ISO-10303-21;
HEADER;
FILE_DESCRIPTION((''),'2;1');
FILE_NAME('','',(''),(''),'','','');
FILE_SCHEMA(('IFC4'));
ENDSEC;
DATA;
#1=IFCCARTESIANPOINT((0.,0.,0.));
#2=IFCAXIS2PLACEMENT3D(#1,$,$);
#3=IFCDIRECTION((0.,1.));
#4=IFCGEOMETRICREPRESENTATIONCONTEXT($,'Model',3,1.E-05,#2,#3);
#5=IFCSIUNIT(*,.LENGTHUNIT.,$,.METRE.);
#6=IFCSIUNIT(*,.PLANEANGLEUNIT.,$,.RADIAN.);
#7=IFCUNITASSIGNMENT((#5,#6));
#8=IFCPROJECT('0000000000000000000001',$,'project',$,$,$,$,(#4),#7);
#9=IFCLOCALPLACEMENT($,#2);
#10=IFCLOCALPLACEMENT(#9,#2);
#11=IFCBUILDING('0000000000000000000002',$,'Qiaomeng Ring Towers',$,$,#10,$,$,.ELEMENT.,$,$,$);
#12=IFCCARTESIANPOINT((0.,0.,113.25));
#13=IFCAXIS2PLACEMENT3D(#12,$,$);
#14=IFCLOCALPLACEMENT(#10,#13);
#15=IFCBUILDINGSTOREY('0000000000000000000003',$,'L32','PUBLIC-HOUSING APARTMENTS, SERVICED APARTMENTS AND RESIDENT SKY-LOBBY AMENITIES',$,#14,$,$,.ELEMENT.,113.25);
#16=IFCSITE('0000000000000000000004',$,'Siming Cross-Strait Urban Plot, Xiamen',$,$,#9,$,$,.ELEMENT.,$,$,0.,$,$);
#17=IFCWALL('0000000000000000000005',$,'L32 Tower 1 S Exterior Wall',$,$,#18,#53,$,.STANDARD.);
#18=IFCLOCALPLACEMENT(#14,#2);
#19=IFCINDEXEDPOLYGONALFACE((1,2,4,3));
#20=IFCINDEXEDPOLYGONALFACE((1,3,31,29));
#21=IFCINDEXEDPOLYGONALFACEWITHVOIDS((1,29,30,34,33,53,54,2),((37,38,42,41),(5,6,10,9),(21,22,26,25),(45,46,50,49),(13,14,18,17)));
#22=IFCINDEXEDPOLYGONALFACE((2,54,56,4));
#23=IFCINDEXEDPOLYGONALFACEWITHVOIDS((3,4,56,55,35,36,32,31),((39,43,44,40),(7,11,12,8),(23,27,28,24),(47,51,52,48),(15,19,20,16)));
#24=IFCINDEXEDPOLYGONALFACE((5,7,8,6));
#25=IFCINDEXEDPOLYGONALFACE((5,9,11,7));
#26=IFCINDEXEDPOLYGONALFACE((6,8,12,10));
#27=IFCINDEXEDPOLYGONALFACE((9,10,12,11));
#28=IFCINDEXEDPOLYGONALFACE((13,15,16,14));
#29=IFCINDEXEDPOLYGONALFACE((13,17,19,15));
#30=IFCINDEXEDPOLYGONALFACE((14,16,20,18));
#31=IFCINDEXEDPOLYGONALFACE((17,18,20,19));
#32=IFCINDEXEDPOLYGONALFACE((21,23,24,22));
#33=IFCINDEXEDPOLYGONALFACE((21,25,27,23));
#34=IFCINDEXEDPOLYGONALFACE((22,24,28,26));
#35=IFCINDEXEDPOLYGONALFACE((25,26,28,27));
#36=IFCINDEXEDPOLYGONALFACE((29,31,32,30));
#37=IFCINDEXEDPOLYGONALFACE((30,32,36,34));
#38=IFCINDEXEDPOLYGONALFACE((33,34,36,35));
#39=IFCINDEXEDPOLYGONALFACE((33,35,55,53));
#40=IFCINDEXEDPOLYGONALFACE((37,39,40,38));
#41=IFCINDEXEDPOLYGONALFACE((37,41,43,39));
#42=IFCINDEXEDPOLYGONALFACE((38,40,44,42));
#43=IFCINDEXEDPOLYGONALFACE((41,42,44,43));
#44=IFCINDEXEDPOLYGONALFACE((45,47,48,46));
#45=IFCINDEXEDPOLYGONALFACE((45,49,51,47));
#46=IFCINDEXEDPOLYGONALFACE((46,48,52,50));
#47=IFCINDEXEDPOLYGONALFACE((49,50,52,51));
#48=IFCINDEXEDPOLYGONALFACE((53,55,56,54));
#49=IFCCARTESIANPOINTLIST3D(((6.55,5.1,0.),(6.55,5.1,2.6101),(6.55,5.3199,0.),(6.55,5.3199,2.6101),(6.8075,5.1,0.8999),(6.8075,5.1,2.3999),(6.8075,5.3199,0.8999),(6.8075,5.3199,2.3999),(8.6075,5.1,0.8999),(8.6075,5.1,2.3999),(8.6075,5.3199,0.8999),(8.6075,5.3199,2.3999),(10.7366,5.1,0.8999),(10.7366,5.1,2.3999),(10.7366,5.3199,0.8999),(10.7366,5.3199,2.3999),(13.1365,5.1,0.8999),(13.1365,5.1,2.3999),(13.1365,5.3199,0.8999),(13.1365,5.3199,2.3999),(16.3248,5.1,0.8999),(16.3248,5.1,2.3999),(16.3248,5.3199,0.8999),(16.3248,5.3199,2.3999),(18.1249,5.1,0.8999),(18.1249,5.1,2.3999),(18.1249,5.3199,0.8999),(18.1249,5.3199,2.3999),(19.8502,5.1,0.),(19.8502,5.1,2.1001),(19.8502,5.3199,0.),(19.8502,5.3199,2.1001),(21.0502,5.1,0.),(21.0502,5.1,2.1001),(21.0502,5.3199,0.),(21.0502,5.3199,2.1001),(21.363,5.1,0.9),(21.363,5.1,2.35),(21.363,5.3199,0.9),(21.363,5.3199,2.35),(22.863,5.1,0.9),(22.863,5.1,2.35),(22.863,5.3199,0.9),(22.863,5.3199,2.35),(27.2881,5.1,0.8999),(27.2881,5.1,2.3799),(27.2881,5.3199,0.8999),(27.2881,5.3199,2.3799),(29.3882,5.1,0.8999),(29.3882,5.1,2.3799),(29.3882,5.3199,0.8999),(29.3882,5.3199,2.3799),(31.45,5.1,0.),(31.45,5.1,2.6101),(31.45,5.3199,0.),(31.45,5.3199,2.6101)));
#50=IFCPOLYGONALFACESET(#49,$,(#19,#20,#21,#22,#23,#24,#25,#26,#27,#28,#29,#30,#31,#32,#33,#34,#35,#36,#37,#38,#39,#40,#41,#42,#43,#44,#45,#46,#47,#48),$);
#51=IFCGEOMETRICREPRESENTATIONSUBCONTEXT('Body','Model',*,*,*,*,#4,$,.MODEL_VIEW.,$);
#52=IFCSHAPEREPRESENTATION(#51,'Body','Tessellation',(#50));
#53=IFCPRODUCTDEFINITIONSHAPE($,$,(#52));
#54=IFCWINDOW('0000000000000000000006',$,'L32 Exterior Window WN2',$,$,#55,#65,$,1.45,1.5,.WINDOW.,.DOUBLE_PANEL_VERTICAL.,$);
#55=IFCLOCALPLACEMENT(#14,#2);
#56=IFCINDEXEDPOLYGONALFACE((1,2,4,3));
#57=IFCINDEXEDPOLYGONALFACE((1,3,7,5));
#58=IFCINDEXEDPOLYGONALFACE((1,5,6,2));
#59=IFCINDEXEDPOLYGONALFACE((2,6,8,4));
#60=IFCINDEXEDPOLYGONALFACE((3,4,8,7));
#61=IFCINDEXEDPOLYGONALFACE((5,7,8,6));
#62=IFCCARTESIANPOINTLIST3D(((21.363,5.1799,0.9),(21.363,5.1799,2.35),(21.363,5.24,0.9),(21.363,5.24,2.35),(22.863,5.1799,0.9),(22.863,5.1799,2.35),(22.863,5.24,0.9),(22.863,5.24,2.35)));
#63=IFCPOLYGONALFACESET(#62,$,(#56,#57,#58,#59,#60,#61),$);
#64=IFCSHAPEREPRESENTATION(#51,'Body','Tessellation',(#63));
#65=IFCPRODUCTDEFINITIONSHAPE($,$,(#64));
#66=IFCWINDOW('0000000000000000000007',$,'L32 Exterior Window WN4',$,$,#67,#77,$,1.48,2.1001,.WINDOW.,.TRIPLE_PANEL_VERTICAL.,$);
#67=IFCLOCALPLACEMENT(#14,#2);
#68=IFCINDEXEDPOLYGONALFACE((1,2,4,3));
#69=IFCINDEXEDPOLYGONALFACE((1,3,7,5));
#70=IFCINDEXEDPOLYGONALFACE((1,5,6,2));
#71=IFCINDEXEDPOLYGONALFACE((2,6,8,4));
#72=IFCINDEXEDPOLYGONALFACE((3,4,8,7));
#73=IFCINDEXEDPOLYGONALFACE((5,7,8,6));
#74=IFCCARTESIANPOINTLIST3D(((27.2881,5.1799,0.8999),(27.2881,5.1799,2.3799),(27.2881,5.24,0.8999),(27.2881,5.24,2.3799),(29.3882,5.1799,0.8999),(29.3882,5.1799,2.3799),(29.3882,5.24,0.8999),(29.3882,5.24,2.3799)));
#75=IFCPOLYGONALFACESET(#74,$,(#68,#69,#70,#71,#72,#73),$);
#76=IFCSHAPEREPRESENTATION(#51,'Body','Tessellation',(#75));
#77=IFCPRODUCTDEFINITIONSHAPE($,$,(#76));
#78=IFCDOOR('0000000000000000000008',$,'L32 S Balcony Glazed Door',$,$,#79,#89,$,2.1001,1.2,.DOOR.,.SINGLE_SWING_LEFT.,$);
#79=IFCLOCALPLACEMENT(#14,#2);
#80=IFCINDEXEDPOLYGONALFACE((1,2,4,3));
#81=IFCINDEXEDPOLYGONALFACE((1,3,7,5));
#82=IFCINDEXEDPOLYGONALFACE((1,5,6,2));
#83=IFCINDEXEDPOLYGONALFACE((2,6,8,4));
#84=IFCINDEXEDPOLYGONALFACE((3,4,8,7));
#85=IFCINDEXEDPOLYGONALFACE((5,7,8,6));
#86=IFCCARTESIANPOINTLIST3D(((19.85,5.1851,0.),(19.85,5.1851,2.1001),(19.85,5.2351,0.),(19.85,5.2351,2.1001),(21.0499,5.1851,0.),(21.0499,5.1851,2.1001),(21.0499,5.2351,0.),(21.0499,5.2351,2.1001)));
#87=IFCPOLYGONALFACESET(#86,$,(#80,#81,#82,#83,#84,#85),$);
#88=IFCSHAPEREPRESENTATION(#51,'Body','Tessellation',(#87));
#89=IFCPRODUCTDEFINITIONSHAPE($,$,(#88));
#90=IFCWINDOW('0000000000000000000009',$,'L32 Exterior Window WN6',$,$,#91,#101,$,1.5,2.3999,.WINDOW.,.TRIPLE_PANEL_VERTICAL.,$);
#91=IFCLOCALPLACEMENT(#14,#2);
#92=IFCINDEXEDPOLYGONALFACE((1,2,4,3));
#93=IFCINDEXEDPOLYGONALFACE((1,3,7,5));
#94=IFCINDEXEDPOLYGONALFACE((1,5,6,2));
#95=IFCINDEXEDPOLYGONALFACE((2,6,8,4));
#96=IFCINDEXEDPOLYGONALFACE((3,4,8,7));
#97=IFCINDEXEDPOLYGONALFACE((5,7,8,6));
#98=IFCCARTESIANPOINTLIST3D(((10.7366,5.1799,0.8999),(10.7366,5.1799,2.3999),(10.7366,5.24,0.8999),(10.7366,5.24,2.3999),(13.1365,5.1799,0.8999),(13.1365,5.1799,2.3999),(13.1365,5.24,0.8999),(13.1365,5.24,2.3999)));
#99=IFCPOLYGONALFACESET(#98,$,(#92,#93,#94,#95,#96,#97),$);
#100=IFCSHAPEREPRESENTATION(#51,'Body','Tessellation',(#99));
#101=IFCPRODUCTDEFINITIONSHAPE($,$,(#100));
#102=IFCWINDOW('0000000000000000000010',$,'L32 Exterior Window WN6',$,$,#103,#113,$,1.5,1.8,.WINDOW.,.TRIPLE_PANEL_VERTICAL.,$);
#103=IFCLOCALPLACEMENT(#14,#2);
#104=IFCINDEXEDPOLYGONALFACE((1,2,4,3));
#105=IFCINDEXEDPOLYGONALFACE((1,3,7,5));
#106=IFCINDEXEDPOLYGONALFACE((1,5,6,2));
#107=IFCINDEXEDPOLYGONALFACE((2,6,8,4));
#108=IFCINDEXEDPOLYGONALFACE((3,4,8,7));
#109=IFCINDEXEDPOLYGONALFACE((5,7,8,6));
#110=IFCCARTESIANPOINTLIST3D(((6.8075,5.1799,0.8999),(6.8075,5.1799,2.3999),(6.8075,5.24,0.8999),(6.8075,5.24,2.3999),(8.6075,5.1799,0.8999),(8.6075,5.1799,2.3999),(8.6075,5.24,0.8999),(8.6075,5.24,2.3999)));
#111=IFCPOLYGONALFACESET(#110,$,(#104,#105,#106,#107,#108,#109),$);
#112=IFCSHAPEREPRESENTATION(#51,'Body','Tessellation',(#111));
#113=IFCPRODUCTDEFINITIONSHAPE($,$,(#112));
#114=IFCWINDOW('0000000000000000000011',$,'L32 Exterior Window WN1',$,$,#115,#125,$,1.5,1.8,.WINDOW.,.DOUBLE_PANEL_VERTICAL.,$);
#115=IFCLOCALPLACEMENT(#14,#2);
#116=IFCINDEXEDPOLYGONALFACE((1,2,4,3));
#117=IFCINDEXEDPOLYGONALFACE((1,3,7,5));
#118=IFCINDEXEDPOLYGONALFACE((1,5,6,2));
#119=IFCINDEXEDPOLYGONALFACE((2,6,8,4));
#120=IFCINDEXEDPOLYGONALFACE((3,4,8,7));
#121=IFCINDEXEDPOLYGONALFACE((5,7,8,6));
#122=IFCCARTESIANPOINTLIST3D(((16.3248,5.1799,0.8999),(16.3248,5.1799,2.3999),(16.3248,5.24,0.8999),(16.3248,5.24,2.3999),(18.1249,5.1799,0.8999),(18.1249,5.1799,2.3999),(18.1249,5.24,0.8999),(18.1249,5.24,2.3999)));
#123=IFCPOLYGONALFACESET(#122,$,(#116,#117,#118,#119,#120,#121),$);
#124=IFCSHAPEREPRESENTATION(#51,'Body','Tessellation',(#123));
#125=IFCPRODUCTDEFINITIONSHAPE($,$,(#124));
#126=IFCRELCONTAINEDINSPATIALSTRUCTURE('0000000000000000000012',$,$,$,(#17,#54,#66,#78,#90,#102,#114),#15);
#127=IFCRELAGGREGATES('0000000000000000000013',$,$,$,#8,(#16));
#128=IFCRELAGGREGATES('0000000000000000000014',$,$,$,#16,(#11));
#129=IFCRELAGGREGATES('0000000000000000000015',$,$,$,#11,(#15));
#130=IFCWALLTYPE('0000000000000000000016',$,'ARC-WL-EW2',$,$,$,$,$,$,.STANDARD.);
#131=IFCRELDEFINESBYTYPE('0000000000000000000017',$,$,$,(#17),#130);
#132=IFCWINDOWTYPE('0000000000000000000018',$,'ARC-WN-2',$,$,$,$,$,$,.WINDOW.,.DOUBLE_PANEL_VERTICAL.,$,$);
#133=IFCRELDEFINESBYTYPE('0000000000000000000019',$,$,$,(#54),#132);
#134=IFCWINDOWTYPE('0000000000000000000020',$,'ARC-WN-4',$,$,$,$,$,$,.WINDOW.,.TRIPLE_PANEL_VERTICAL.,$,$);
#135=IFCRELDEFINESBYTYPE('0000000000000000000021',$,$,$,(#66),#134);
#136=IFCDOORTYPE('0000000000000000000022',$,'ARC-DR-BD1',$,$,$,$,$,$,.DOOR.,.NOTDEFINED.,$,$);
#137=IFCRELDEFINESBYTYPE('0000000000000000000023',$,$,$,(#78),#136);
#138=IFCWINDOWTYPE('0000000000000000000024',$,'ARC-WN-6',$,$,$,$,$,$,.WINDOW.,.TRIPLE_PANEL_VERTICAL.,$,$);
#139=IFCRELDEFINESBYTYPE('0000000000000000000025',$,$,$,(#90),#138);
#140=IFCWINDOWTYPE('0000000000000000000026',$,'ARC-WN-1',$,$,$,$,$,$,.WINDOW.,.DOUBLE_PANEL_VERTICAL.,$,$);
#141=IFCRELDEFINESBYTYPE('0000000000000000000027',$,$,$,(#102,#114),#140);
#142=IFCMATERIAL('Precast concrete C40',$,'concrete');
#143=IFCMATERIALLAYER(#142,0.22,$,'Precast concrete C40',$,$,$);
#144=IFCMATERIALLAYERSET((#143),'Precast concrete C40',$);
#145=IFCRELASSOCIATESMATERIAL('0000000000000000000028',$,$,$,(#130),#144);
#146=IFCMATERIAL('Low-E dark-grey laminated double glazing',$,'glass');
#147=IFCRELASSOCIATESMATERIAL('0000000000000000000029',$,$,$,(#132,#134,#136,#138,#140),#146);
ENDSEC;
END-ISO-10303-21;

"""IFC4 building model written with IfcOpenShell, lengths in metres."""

from ifc_helpers import new_model, si_unit, direction, frame, frame_2d, origin, place, context, subcontext, project, spatial, rectangle, extrude, source, transform, mapped, material, layer, layer_set, type_object, element, fill, save


model = new_model("IFC4")

# Units and contexts
model_context = context("Model", 3, precision=1e-05, world=origin(), true_north=direction((0.0, 1.0)))
body_context = subcontext(model_context, "Body", "Model", "MODEL_VIEW")
ifc_project = project(units=[si_unit("LENGTHUNIT", "METRE"), si_unit("PLANEANGLEUNIT", "RADIAN")], contexts=[model_context])

# Site, building, storey
site_placement = place(None, origin())
site = spatial("IfcSite", under=ifc_project, at=site_placement, Name="Siming Cross-Strait Urban Plot, Xiamen", CompositionType="ELEMENT", RefElevation=0.0)
building_placement = place(site_placement, origin())
building = spatial("IfcBuilding", under=site, at=building_placement, Name="Qiaomeng Ring Towers", CompositionType="ELEMENT")
storey_placement = place(building_placement, frame((0.0, 0.0, 113.25)))
storey = spatial("IfcBuildingStorey", under=building, at=storey_placement, Name="L32", Description="PUBLIC-HOUSING APARTMENTS, SERVICED APARTMENTS AND RESIDENT SKY-LOBBY AMENITIES", CompositionType="ELEMENT", Elevation=113.25)

# Wall, openings, windows, door
ifc_material_1 = material(Name="Precast concrete C40", Category="concrete")
ifc_layer_1 = layer(ifc_material_1, 0.22, Name="Precast concrete C40")
ifc_layer_set_1 = layer_set([ifc_layer_1], Name="Precast concrete C40")
wall_type_1 = type_object("IfcWallType", Name="ARC-WL-EW2", PredefinedType="STANDARD", material=ifc_layer_set_1)
wall_1_placement = place(storey_placement, frame((6.55, 5.21, 0.0), z_axis=(0.0, 0.0, 1.0), x_axis=(1.0, 0.0, 0.0)))
wall_1 = element("IfcWall", 1, at=wall_1_placement, inside=storey, type_object=wall_type_1, Name="L32 Tower 1 S Exterior Wall", PredefinedType="STANDARD", context=body_context, shape_type="SweptSolid", body=[
    extrude(rectangle(XDim=24.8999, YDim=0.22, at=frame_2d((12.45, 0.0))), origin(), (0.0, 0.0, 1.0), 2.6101),
])
opening_1_placement = place(wall_1_placement, frame((13.3, 0.0, 0.0)))
opening_1 = element("IfcOpeningElement", 2, at=opening_1_placement, cuts=wall_1, PredefinedType="OPENING", context=body_context, shape_type="SweptSolid", body=[
    extrude(rectangle(XDim=1.2, YDim=2.1001, at=frame_2d((0.6001, 1.05))), frame((0.0, 0.1199, 0.0), z_axis=(0.0, -1.0, 0.0), x_axis=(1.0, 0.0, 0.0)), (0.0, 0.0, 1.0), 0.24),
])
opening_2_placement = place(wall_1_placement, frame((0.2576, 0.0, 0.8999)))
opening_2 = element("IfcOpeningElement", 3, at=opening_2_placement, cuts=wall_1, PredefinedType="OPENING", context=body_context, shape_type="SweptSolid", body=[
    extrude(rectangle(XDim=1.8, YDim=1.5, at=frame_2d((0.8999, 0.75))), frame((0.0, 0.1199, 0.0), z_axis=(0.0, -1.0, 0.0), x_axis=(1.0, 0.0, 0.0)), (0.0, 0.0, 1.0), 0.24),
])
opening_3_placement = place(wall_1_placement, frame((9.7749, 0.0, 0.8999)))
opening_3 = element("IfcOpeningElement", 4, at=opening_3_placement, cuts=wall_1, PredefinedType="OPENING", context=body_context, shape_type="SweptSolid", body=[
    extrude(rectangle(XDim=1.8, YDim=1.5, at=frame_2d((0.8999, 0.75))), frame((0.0, 0.1199, 0.0), z_axis=(0.0, -1.0, 0.0), x_axis=(1.0, 0.0, 0.0)), (0.0, 0.0, 1.0), 0.24),
])
opening_4_placement = place(wall_1_placement, frame((14.813, 0.0, 0.8999)))
opening_4 = element("IfcOpeningElement", 5, at=opening_4_placement, cuts=wall_1, PredefinedType="OPENING", context=body_context, shape_type="SweptSolid", body=[
    extrude(rectangle(XDim=1.5, YDim=1.45, at=frame_2d((0.75, 0.7251))), frame((0.0, 0.1199, 0.0), z_axis=(0.0, -1.0, 0.0), x_axis=(1.0, 0.0, 0.0)), (0.0, 0.0, 1.0), 0.24),
])
opening_5_placement = place(wall_1_placement, frame((20.738, 0.0, 0.8999)))
opening_5 = element("IfcOpeningElement", 6, at=opening_5_placement, cuts=wall_1, PredefinedType="OPENING", context=body_context, shape_type="SweptSolid", body=[
    extrude(rectangle(XDim=2.1001, YDim=1.48, at=frame_2d((1.05, 0.74))), frame((0.0, 0.1199, 0.0), z_axis=(0.0, -1.0, 0.0), x_axis=(1.0, 0.0, 0.0)), (0.0, 0.0, 1.0), 0.24),
])
opening_6_placement = place(wall_1_placement, frame((4.1865, 0.0, 0.8999)))
opening_6 = element("IfcOpeningElement", 7, at=opening_6_placement, cuts=wall_1, PredefinedType="OPENING", context=body_context, shape_type="SweptSolid", body=[
    extrude(rectangle(XDim=2.3999, YDim=1.5, at=frame_2d((1.2, 0.75))), frame((0.0, 0.1199, 0.0), z_axis=(0.0, -1.0, 0.0), x_axis=(1.0, 0.0, 0.0)), (0.0, 0.0, 1.0), 0.24),
])
ifc_material_2 = material(Name="Low-E dark-grey laminated double glazing", Category="glass")
window_type_1 = type_object("IfcWindowType", Name="ARC-WN-2", PartitioningType="DOUBLE_PANEL_VERTICAL", PredefinedType="WINDOW", material=ifc_material_2)
shared_shape_1 = source(origin(), body_context, "Body", "SweptSolid", [
    extrude(rectangle(XDim=1.5, YDim=1.45, at=frame_2d((0.75, 0.7251))), frame((0.0, 0.03, 0.0), z_axis=(0.0, -1.0, 0.0), x_axis=(1.0, 0.0, 0.0)), (0.0, 0.0, 1.0), 0.0601),
])
window_1_placement = place(opening_4_placement, origin())
window_1 = element("IfcWindow", 8, at=window_1_placement, inside=storey, type_object=window_type_1, Name="L32 Exterior Window WN2", OverallHeight=1.45, OverallWidth=1.5, PartitioningType="DOUBLE_PANEL_VERTICAL", PredefinedType="WINDOW", context=body_context, shape_type="MappedRepresentation", body=[
    mapped(shared_shape_1, transform((0.0, 0.0, 0.0), x_axis=(1.0, 0.0, 0.0), y_axis=(0.0, 1.0, 0.0), z_axis=(0.0, 0.0, 1.0), scale=1.0)),
])
fill(opening_4, window_1)
window_type_2 = type_object("IfcWindowType", Name="ARC-WN-4", PartitioningType="TRIPLE_PANEL_VERTICAL", PredefinedType="WINDOW", material=ifc_material_2)
shared_shape_2 = source(origin(), body_context, "Body", "SweptSolid", [
    extrude(rectangle(XDim=2.1001, YDim=1.48, at=frame_2d((1.05, 0.74))), frame((0.0, 0.03, 0.0), z_axis=(0.0, -1.0, 0.0), x_axis=(1.0, 0.0, 0.0)), (0.0, 0.0, 1.0), 0.0601),
])
window_2_placement = place(opening_5_placement, origin())
window_2 = element("IfcWindow", 9, at=window_2_placement, inside=storey, type_object=window_type_2, Name="L32 Exterior Window WN4", OverallHeight=1.48, OverallWidth=2.1001, PartitioningType="TRIPLE_PANEL_VERTICAL", PredefinedType="WINDOW", context=body_context, shape_type="MappedRepresentation", body=[
    mapped(shared_shape_2, transform((0.0, 0.0, 0.0), x_axis=(1.0, 0.0, 0.0), y_axis=(0.0, 1.0, 0.0), z_axis=(0.0, 0.0, 1.0), scale=1.0)),
])
fill(opening_5, window_2)
door_type_1 = type_object("IfcDoorType", Name="ARC-DR-BD1", OperationType="NOTDEFINED", PredefinedType="DOOR", material=ifc_material_2)
shared_shape_3 = source(origin(), body_context, "Body", "SweptSolid", [
    extrude(rectangle(XDim=1.2, YDim=2.1001, at=frame_2d((0.6001, 1.05))), frame((0.0, 0.0249, 0.0), z_axis=(0.0, -1.0, 0.0), x_axis=(1.0, 0.0, 0.0)), (0.0, 0.0, 1.0), 0.05),
])
door_1_placement = place(opening_1_placement, frame((1.2, 0.0, 0.0), z_axis=(0.0, 0.0, 1.0), x_axis=(-1.0, 0.0, 0.0)))
door_1 = element("IfcDoor", 10, at=door_1_placement, inside=storey, type_object=door_type_1, Name="L32 S Balcony Glazed Door", OperationType="SINGLE_SWING_LEFT", OverallHeight=2.1001, OverallWidth=1.2, PredefinedType="DOOR", context=body_context, shape_type="MappedRepresentation", body=[
    mapped(shared_shape_3, transform((0.0, 0.0, 0.0), x_axis=(1.0, 0.0, 0.0), y_axis=(0.0, 1.0, 0.0), z_axis=(0.0, 0.0, 1.0), scale=1.0)),
])
fill(opening_1, door_1)
window_type_3 = type_object("IfcWindowType", Name="ARC-WN-6", PartitioningType="TRIPLE_PANEL_VERTICAL", PredefinedType="WINDOW", material=ifc_material_2)
shared_shape_4 = source(origin(), body_context, "Body", "SweptSolid", [
    extrude(rectangle(XDim=2.3999, YDim=1.5, at=frame_2d((1.2, 0.75))), frame((0.0, 0.03, 0.0), z_axis=(0.0, -1.0, 0.0), x_axis=(1.0, 0.0, 0.0)), (0.0, 0.0, 1.0), 0.0601),
])
window_3_placement = place(opening_6_placement, origin())
window_3 = element("IfcWindow", 11, at=window_3_placement, inside=storey, type_object=window_type_3, Name="L32 Exterior Window WN6", OverallHeight=1.5, OverallWidth=2.3999, PartitioningType="TRIPLE_PANEL_VERTICAL", PredefinedType="WINDOW", context=body_context, shape_type="MappedRepresentation", body=[
    mapped(shared_shape_4, transform((0.0, 0.0, 0.0), x_axis=(1.0, 0.0, 0.0), y_axis=(0.0, 1.0, 0.0), z_axis=(0.0, 0.0, 1.0), scale=1.0)),
])
fill(opening_6, window_3)
window_type_4 = type_object("IfcWindowType", Name="ARC-WN-1", PartitioningType="DOUBLE_PANEL_VERTICAL", PredefinedType="WINDOW", material=ifc_material_2)
shared_shape_5 = source(origin(), body_context, "Body", "SweptSolid", [
    extrude(rectangle(XDim=1.8, YDim=1.5, at=frame_2d((0.8999, 0.75))), frame((0.0, 0.03, 0.0), z_axis=(0.0, -1.0, 0.0), x_axis=(1.0, 0.0, 0.0)), (0.0, 0.0, 1.0), 0.0601),
])
window_4_placement = place(opening_2_placement, origin())
window_4 = element("IfcWindow", 12, at=window_4_placement, inside=storey, type_object=window_type_4, Name="L32 Exterior Window WN6", OverallHeight=1.5, OverallWidth=1.8, PartitioningType="TRIPLE_PANEL_VERTICAL", PredefinedType="WINDOW", context=body_context, shape_type="MappedRepresentation", body=[
    mapped(shared_shape_5, transform((0.0, 0.0, 0.0), x_axis=(1.0, 0.0, 0.0), y_axis=(0.0, 1.0, 0.0), z_axis=(0.0, 0.0, 1.0), scale=1.0)),
])
fill(opening_2, window_4)
window_5_placement = place(opening_3_placement, origin())
window_5 = element("IfcWindow", 13, at=window_5_placement, inside=storey, type_object=window_type_4, Name="L32 Exterior Window WN1", OverallHeight=1.5, OverallWidth=1.8, PartitioningType="DOUBLE_PANEL_VERTICAL", PredefinedType="WINDOW", context=body_context, shape_type="MappedRepresentation", body=[
    mapped(shared_shape_5, transform((0.0, 0.0, 0.0), x_axis=(1.0, 0.0, 0.0), y_axis=(0.0, 1.0, 0.0), z_axis=(0.0, 0.0, 1.0), scale=1.0)),
])
fill(opening_3, window_5)

save(model, "model.ifc")
